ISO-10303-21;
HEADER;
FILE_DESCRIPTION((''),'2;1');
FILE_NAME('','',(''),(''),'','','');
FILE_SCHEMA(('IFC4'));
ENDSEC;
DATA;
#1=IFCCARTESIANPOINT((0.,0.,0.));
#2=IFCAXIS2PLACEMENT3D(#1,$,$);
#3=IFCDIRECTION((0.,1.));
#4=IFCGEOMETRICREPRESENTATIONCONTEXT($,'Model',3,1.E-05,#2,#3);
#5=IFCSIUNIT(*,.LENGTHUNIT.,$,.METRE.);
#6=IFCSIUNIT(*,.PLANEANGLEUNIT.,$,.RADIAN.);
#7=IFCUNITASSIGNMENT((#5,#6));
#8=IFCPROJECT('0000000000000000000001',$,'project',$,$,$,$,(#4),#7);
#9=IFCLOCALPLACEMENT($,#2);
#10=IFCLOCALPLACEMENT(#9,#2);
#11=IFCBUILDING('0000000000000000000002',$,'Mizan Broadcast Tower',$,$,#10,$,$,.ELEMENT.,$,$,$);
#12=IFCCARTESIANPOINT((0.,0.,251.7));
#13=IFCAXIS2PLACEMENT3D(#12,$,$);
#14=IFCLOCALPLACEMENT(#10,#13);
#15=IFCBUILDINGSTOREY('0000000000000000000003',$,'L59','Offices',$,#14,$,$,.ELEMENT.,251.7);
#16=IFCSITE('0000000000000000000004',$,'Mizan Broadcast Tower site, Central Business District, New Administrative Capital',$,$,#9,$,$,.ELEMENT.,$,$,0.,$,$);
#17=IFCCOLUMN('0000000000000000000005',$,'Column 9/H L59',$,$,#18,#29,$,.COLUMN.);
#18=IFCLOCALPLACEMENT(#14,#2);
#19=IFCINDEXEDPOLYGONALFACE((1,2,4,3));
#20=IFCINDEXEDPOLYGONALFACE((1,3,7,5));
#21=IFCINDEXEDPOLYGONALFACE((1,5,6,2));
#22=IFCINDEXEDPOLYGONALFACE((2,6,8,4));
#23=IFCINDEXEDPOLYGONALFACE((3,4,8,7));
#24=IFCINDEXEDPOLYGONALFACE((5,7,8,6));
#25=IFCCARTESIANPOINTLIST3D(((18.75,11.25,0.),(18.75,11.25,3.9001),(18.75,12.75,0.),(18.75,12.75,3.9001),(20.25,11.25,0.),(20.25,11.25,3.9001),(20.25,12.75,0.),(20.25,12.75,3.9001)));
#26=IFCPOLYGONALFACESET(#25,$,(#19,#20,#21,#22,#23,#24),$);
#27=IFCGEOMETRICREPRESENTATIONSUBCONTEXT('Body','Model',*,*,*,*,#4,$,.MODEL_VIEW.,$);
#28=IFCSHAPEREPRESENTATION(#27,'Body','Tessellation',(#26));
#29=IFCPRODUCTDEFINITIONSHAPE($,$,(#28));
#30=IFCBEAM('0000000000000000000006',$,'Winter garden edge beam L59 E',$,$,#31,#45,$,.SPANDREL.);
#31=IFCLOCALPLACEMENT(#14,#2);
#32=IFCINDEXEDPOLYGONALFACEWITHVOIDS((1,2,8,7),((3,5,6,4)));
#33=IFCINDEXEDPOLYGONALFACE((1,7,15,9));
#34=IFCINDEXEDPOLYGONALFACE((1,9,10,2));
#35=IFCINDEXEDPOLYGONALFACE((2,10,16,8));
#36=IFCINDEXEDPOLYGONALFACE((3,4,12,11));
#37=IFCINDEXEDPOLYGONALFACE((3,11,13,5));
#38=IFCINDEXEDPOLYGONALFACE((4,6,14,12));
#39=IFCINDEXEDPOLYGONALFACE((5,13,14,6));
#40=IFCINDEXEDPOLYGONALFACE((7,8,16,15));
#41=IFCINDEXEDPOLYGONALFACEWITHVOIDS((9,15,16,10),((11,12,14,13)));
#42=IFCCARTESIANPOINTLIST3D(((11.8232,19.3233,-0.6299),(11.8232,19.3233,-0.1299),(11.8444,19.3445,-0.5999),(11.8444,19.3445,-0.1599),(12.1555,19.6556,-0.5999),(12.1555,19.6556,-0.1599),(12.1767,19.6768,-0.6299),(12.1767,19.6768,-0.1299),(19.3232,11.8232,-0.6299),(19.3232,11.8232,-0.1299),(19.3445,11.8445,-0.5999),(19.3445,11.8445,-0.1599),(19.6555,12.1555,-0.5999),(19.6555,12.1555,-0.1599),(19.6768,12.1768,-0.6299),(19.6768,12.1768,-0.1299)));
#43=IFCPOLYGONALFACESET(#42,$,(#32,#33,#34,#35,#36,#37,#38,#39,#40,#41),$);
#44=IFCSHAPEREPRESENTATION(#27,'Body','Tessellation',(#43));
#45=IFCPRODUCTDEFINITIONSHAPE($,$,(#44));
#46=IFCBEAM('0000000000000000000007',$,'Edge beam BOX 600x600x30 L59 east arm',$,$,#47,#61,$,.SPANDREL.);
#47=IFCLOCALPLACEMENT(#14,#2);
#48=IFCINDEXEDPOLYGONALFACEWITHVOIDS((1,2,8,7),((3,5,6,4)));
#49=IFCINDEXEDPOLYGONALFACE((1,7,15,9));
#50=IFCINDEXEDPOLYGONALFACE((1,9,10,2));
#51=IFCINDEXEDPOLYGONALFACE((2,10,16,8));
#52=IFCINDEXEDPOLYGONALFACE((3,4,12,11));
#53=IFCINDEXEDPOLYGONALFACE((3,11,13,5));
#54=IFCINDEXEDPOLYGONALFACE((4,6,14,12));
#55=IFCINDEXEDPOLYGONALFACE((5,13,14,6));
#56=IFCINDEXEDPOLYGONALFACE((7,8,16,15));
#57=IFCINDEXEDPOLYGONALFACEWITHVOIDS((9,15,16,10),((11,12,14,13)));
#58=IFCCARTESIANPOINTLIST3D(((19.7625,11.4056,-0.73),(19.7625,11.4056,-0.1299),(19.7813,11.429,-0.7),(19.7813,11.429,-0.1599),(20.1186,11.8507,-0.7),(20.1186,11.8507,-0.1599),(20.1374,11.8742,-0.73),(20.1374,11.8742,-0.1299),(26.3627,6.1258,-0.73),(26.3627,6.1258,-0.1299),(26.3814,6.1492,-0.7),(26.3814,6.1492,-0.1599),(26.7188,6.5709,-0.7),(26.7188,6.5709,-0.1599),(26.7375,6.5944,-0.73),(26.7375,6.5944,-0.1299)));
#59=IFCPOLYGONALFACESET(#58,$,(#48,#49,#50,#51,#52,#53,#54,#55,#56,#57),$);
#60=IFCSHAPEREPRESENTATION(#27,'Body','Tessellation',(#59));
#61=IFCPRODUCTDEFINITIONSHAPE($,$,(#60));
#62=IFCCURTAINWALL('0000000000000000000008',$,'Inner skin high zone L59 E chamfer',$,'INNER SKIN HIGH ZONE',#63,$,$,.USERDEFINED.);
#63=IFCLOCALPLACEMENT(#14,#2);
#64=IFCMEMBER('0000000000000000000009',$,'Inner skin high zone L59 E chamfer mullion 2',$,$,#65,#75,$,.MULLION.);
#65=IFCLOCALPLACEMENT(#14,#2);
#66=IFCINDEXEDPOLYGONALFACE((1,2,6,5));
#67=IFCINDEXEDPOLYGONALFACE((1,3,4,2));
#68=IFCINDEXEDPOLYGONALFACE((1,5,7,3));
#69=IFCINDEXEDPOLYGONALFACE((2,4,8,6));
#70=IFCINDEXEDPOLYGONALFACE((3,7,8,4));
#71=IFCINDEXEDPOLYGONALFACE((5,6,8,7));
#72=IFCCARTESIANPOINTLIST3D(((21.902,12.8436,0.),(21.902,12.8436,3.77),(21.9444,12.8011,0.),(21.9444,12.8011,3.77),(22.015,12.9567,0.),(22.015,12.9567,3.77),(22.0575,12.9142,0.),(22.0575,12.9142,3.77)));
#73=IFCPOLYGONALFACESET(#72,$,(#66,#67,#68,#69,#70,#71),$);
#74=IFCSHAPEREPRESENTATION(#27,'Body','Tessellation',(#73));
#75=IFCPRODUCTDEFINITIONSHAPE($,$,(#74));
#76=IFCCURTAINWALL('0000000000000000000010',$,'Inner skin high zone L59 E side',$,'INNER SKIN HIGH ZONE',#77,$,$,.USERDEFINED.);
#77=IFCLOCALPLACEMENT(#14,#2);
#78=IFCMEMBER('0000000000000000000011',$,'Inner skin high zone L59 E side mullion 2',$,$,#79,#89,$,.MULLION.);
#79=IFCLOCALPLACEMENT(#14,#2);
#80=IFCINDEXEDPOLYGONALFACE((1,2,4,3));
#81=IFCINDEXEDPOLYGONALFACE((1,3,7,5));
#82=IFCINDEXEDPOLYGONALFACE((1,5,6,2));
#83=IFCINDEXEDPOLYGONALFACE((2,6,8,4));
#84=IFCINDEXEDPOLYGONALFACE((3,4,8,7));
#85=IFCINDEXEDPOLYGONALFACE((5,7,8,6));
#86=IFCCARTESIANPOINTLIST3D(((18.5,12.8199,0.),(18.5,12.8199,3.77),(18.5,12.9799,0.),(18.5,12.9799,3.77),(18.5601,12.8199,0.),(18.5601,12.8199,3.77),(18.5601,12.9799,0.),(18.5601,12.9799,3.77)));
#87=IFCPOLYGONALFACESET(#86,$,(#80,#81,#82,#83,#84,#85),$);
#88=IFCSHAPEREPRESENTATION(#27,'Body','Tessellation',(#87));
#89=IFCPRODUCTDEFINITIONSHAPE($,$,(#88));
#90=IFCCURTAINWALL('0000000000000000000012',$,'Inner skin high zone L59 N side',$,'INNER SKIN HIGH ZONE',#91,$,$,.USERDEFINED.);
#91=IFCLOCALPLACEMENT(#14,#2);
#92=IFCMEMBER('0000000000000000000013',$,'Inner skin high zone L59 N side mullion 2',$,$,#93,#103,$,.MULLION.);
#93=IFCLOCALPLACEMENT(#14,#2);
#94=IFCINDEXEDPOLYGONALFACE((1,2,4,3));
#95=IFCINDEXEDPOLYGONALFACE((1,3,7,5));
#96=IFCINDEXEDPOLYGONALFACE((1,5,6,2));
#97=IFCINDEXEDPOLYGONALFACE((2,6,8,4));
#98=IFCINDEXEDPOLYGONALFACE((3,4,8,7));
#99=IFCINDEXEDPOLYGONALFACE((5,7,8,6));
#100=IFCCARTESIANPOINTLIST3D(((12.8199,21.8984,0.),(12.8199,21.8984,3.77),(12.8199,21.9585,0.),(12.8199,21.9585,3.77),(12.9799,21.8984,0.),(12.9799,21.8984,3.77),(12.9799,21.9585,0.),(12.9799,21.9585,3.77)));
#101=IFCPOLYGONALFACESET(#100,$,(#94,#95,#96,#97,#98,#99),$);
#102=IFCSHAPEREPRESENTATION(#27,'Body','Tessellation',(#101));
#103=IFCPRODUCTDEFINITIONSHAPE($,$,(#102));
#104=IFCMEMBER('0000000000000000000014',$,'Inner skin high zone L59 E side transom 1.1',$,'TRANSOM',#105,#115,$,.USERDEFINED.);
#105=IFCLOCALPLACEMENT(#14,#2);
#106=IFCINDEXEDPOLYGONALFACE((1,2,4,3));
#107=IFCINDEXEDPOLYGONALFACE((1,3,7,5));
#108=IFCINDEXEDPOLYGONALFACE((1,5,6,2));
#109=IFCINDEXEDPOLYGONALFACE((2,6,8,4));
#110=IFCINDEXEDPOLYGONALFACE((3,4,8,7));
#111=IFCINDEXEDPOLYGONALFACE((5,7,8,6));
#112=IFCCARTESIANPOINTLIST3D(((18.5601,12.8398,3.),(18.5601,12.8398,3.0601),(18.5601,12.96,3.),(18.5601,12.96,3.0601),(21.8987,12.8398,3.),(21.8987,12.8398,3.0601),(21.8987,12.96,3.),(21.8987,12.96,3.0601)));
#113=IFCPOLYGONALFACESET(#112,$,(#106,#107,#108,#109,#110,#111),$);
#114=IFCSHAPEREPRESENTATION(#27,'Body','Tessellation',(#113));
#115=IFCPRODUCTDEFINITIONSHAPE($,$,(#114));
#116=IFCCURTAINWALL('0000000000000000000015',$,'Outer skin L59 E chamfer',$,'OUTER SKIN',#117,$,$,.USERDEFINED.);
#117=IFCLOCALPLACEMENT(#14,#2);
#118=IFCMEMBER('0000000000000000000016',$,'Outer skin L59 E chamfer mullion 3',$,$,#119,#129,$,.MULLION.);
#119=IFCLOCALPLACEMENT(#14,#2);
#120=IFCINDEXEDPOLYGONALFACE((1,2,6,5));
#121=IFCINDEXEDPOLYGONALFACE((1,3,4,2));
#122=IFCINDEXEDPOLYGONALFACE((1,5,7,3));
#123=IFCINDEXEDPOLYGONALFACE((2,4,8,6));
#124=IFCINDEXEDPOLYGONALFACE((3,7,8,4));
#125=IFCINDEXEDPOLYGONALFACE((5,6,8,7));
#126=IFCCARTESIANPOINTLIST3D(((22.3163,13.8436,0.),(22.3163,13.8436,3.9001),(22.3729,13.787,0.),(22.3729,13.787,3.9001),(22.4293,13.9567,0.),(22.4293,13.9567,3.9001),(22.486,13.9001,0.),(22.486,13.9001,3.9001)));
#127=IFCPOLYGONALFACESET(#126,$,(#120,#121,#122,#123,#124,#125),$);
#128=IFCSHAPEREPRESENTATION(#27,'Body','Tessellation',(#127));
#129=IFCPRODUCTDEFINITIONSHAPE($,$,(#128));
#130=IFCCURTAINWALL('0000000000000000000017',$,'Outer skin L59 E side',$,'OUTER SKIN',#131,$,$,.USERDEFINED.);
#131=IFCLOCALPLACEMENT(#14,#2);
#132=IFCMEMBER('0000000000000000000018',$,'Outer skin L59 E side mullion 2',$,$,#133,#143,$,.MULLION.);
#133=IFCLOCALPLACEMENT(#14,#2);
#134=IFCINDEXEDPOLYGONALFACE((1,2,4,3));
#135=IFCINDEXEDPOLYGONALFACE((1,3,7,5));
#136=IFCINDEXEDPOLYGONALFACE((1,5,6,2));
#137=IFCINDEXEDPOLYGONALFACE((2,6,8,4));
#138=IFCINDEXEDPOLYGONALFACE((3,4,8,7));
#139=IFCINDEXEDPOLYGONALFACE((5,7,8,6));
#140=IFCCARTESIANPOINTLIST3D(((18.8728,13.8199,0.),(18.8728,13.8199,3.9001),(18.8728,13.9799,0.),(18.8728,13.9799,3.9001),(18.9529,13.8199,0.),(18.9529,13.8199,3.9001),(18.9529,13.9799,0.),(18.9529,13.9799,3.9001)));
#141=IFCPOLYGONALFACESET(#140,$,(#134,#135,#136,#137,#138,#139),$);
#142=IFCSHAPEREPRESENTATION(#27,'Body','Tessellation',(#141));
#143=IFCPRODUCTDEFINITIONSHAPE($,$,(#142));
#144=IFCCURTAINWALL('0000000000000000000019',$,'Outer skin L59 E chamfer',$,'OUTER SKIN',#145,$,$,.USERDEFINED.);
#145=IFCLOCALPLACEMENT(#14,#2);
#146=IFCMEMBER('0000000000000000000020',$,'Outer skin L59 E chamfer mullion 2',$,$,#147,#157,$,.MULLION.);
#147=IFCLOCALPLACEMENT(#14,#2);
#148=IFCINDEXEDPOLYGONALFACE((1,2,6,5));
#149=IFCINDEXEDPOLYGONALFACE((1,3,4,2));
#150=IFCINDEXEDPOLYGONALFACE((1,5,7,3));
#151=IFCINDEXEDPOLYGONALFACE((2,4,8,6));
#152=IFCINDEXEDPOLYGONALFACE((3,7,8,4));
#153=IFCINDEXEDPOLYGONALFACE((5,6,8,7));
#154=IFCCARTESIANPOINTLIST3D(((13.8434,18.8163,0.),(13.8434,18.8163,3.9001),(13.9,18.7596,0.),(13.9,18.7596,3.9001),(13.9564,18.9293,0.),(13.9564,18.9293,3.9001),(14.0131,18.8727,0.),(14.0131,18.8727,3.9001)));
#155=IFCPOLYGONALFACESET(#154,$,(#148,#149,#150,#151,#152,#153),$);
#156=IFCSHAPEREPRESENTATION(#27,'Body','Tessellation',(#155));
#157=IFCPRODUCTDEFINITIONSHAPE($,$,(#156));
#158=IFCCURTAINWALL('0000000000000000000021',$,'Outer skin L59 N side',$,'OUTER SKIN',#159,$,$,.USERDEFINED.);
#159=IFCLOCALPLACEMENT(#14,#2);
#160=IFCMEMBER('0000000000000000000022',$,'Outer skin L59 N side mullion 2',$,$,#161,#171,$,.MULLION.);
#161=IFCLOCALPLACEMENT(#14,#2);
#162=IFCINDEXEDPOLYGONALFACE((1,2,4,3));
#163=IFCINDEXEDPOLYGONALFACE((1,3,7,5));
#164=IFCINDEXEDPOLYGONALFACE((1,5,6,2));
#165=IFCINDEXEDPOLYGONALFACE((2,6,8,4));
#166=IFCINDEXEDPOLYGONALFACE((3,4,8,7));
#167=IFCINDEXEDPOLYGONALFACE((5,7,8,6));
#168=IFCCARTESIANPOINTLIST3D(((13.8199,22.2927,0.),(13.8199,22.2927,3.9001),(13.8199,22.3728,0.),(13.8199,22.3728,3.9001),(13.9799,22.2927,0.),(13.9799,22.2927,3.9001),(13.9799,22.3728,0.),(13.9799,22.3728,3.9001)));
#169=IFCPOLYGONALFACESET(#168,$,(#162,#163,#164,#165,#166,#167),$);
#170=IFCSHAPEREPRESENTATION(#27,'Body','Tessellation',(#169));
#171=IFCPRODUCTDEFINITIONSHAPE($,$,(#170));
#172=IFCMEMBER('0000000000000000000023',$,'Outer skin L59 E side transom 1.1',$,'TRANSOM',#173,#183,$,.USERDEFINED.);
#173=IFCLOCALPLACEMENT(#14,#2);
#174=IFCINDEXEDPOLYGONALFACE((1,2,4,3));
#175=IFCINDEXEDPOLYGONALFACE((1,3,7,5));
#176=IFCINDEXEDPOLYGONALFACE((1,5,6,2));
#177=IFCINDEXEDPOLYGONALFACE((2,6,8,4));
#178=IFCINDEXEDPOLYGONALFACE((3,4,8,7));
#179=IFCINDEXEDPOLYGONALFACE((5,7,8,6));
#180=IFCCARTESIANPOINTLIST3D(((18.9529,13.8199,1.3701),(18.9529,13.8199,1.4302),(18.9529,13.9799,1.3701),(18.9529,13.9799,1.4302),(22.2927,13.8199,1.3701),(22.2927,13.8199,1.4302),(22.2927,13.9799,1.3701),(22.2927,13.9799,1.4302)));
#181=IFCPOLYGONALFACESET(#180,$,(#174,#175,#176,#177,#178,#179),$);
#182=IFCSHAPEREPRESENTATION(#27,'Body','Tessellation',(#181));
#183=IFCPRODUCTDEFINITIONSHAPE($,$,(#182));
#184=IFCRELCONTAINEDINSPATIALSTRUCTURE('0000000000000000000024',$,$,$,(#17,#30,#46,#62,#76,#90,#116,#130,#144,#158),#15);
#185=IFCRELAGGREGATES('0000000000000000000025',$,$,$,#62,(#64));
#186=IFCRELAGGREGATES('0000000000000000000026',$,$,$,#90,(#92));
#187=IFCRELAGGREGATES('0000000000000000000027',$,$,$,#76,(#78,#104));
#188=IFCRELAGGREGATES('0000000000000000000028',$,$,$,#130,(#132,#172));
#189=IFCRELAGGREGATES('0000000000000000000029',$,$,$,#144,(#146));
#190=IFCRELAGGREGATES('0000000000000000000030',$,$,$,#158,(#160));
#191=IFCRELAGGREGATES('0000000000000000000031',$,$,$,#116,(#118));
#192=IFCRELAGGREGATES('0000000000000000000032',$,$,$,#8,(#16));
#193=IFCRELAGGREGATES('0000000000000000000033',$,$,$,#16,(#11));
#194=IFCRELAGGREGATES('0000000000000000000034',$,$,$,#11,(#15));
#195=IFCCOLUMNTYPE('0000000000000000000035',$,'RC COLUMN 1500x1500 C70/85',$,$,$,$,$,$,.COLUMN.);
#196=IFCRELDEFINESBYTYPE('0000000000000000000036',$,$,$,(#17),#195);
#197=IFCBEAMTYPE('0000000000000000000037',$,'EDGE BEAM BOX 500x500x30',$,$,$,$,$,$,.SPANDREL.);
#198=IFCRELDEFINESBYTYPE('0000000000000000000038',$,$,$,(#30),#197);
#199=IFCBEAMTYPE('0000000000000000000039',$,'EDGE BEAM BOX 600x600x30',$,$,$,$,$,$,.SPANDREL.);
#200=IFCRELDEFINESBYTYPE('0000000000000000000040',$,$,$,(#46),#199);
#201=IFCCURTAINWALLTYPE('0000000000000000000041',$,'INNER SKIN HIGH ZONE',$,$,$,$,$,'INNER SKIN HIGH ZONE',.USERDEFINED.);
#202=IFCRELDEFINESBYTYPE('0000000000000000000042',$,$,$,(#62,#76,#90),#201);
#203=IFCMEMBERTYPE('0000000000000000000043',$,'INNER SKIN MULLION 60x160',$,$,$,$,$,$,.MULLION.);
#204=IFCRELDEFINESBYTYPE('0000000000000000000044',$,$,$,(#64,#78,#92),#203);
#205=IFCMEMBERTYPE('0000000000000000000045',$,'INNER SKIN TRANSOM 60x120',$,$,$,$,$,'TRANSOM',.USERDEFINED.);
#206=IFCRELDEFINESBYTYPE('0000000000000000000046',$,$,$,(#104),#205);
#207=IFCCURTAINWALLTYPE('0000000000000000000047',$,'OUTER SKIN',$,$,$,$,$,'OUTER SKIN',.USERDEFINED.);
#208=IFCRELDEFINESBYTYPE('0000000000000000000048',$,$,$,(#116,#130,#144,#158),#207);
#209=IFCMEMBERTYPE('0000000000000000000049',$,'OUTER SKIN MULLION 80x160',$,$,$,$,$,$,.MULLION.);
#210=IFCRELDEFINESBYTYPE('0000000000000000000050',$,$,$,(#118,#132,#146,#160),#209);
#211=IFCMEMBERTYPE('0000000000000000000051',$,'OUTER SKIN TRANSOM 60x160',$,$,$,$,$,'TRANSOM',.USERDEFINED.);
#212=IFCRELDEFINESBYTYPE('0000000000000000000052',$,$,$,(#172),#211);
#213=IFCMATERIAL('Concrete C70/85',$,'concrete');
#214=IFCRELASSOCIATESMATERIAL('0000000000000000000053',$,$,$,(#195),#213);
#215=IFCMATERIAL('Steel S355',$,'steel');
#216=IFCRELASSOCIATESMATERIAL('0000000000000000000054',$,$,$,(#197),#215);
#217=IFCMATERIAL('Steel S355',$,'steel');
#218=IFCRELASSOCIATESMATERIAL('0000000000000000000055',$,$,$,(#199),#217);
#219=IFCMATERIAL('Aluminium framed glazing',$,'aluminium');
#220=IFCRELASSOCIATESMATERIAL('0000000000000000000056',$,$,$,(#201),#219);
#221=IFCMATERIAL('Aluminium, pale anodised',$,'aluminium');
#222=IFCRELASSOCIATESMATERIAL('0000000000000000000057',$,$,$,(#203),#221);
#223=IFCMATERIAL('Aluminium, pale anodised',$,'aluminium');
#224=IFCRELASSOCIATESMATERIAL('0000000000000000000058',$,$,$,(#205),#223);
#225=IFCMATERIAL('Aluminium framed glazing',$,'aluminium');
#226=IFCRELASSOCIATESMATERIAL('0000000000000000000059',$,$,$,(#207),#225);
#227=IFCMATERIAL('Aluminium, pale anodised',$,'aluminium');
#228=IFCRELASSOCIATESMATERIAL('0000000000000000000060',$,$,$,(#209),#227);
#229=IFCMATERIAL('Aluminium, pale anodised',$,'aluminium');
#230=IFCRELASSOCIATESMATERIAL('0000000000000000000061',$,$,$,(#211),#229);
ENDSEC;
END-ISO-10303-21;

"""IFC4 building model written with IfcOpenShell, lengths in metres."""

from ifc_helpers import new_model, si_unit, direction, frame, origin, origin_2d, place, context, subcontext, project, spatial, rectangle, hollow_rectangle, extrude, material, material_profile, profile_set, type_object, element, aggregate, save


model = new_model("IFC4")

# Units and contexts
model_context = context("Model", 3, precision=1e-05, world=origin(), true_north=direction((0.0, 1.0)))
body_context = subcontext(model_context, "Body", "Model", "MODEL_VIEW")
ifc_project = project(units=[si_unit("LENGTHUNIT", "METRE"), si_unit("PLANEANGLEUNIT", "RADIAN")], contexts=[model_context])

# Site, building, storey
site_placement = place(None, origin())
site = spatial("IfcSite", under=ifc_project, at=site_placement, Name="Mizan Broadcast Tower site, Central Business District, New Administrative Capital", CompositionType="ELEMENT", RefElevation=0.0)
building_placement = place(site_placement, origin())
building = spatial("IfcBuilding", under=site, at=building_placement, Name="Mizan Broadcast Tower", CompositionType="ELEMENT")
storey_placement = place(building_placement, frame((0.0, 0.0, 251.7)))
storey = spatial("IfcBuildingStorey", under=building, at=storey_placement, Name="L59", Description="Offices", CompositionType="ELEMENT", Elevation=251.7)

# Column
ifc_material_1 = material(Name="Concrete C70/85", Category="concrete")
ifc_material_profile_1 = material_profile(ifc_material_1, rectangle(XDim=1.5, YDim=1.5, at=origin_2d()), Name="RC 1500x1500")
ifc_profile_set_1 = profile_set([ifc_material_profile_1], Name="Concrete C70/85")
column_type = type_object("IfcColumnType", Name="RC COLUMN 1500x1500 C70/85", PredefinedType="COLUMN", material=ifc_profile_set_1)
column_placement = place(storey_placement, frame((19.5, 12.0, 0.0), z_axis=(0.0, 0.0, 1.0), x_axis=(1.0, 0.0, 0.0)))
element("IfcColumn", 1, at=column_placement, inside=storey, type_object=column_type, Name="Column 9/H L59", PredefinedType="COLUMN", context=body_context, shape_type="SweptSolid", body=[
    extrude(rectangle(XDim=1.5, YDim=1.5, at=origin_2d()), origin(), (0.0, 0.0, 1.0), 3.9001),
])

# Beams
ifc_material_2 = material(Name="Steel S355", Category="steel")
ifc_material_profile_2 = material_profile(ifc_material_2, hollow_rectangle(XDim=0.5, YDim=0.5, WallThickness=0.03, at=origin_2d()), Name="BOX 500x500x30")
ifc_profile_set_2 = profile_set([ifc_material_profile_2], Name="Steel S355")
beam_type_1 = type_object("IfcBeamType", Name="EDGE BEAM BOX 500x500x30", PredefinedType="SPANDREL", material=ifc_profile_set_2)
beam_1_placement = place(storey_placement, frame((19.5, 12.0, -0.3799), z_axis=(-0.707107, 0.707107, 0.0), x_axis=(-0.707107, -0.707107, 0.0)))
element("IfcBeam", 2, at=beam_1_placement, inside=storey, type_object=beam_type_1, Name="Winter garden edge beam L59 E", PredefinedType="SPANDREL", context=body_context, shape_type="SweptSolid", body=[
    extrude(hollow_rectangle(XDim=0.5, YDim=0.5, WallThickness=0.03, at=origin_2d()), origin(), (0.0, 0.0, 1.0), 10.6067),
])
ifc_material_3 = material(Name="Steel S355", Category="steel")
ifc_material_profile_3 = material_profile(ifc_material_3, hollow_rectangle(XDim=0.6001, YDim=0.6001, WallThickness=0.03, at=origin_2d()), Name="BOX 600x600x30")
ifc_profile_set_3 = profile_set([ifc_material_profile_3], Name="Steel S355")
beam_type_2 = type_object("IfcBeamType", Name="EDGE BEAM BOX 600x600x30", PredefinedType="SPANDREL", material=ifc_profile_set_3)
beam_2_placement = place(storey_placement, frame((19.95, 11.6399, -0.4299), z_axis=(0.780886, -0.624674, 0.0), x_axis=(0.624674, 0.780886, 0.0)))
element("IfcBeam", 3, at=beam_2_placement, inside=storey, type_object=beam_type_2, Name="Edge beam BOX 600x600x30 L59 east arm", PredefinedType="SPANDREL", context=body_context, shape_type="SweptSolid", body=[
    extrude(hollow_rectangle(XDim=0.6001, YDim=0.6001, WallThickness=0.03, at=origin_2d()), origin(), (0.0, 0.0, 1.0), 8.4521),
])

# Curtain walls, members
ifc_material_4 = material(Name="Aluminium framed glazing", Category="aluminium")
curtain_wall_type_1 = type_object("IfcCurtainWallType", Name="INNER SKIN HIGH ZONE", ElementType="INNER SKIN HIGH ZONE", PredefinedType="USERDEFINED", material=ifc_material_4)
curtain_wall_1_placement = place(storey_placement, origin())
curtain_wall_1 = element("IfcCurtainWall", 4, at=curtain_wall_1_placement, inside=storey, type_object=curtain_wall_type_1, Name="Inner skin high zone L59 E chamfer", ObjectType="INNER SKIN HIGH ZONE", PredefinedType="USERDEFINED")
ifc_material_5 = material(Name="Aluminium, pale anodised", Category="aluminium")
ifc_material_profile_4 = material_profile(ifc_material_5, rectangle(XDim=0.1599, YDim=0.0601, at=origin_2d()), Name="MULLION 160x60")
ifc_profile_set_4 = profile_set([ifc_material_profile_4], Name="Aluminium, pale anodised")
member_type_1 = type_object("IfcMemberType", Name="INNER SKIN MULLION 60x160", PredefinedType="MULLION", material=ifc_profile_set_4)
member_1_placement = place(storey_placement, frame((21.9797, 12.8789, 0.0), z_axis=(0.0, 0.0, 1.0), x_axis=(-0.707107, -0.707107, 0.0)))
member_1 = element("IfcMember", 5, at=member_1_placement, type_object=member_type_1, Name="Inner skin high zone L59 E chamfer mullion 2", PredefinedType="MULLION", context=body_context, shape_type="SweptSolid", body=[
    extrude(rectangle(XDim=0.1599, YDim=0.0601, at=origin_2d()), origin(), (0.0, 0.0, 1.0), 3.77),
])
aggregate(curtain_wall_1, [member_1])
curtain_wall_2_placement = place(storey_placement, origin())
curtain_wall_2 = element("IfcCurtainWall", 6, at=curtain_wall_2_placement, inside=storey, type_object=curtain_wall_type_1, Name="Inner skin high zone L59 E side", ObjectType="INNER SKIN HIGH ZONE", PredefinedType="USERDEFINED")
member_2_placement = place(storey_placement, frame((18.53, 12.8999, 0.0), z_axis=(0.0, 0.0, 1.0), x_axis=(0.0, -1.0, 0.0)))
member_2 = element("IfcMember", 7, at=member_2_placement, type_object=member_type_1, Name="Inner skin high zone L59 E side mullion 2", PredefinedType="MULLION", context=body_context, shape_type="SweptSolid", body=[
    extrude(rectangle(XDim=0.1599, YDim=0.0601, at=origin_2d()), origin(), (0.0, 0.0, 1.0), 3.77),
])
curtain_wall_3_placement = place(storey_placement, origin())
curtain_wall_3 = element("IfcCurtainWall", 8, at=curtain_wall_3_placement, inside=storey, type_object=curtain_wall_type_1, Name="Inner skin high zone L59 N side", ObjectType="INNER SKIN HIGH ZONE", PredefinedType="USERDEFINED")
member_3_placement = place(storey_placement, frame((12.8999, 21.9285, 0.0), z_axis=(0.0, 0.0, 1.0), x_axis=(-1.0, 0.0, 0.0)))
member_3 = element("IfcMember", 9, at=member_3_placement, type_object=member_type_1, Name="Inner skin high zone L59 N side mullion 2", PredefinedType="MULLION", context=body_context, shape_type="SweptSolid", body=[
    extrude(rectangle(XDim=0.1599, YDim=0.0601, at=origin_2d()), origin(), (0.0, 0.0, 1.0), 3.77),
])
aggregate(curtain_wall_3, [member_3])

# Member
ifc_material_6 = material(Name="Aluminium, pale anodised", Category="aluminium")
ifc_material_profile_5 = material_profile(ifc_material_6, rectangle(XDim=0.1201, YDim=0.0601, at=origin_2d()), Name="TRANSOM 120x60")
ifc_profile_set_5 = profile_set([ifc_material_profile_5], Name="Aluminium, pale anodised")
member_type_2 = type_object("IfcMemberType", Name="INNER SKIN TRANSOM 60x120", ElementType="TRANSOM", PredefinedType="USERDEFINED", material=ifc_profile_set_5)
member_4_placement = place(storey_placement, frame((21.8987, 12.8999, 3.03), z_axis=(-1.0, 0.0, 0.0), x_axis=(0.0, -1.0, 0.0)))
member_4 = element("IfcMember", 10, at=member_4_placement, type_object=member_type_2, Name="Inner skin high zone L59 E side transom 1.1", ObjectType="TRANSOM", PredefinedType="USERDEFINED", context=body_context, shape_type="SweptSolid", body=[
    extrude(rectangle(XDim=0.1201, YDim=0.0601, at=origin_2d()), origin(), (0.0, 0.0, 1.0), 3.3386),
])

# Curtain walls, members
ifc_material_7 = material(Name="Aluminium framed glazing", Category="aluminium")
curtain_wall_type_2 = type_object("IfcCurtainWallType", Name="OUTER SKIN", ElementType="OUTER SKIN", PredefinedType="USERDEFINED", material=ifc_material_7)
curtain_wall_4_placement = place(storey_placement, origin())
curtain_wall_4 = element("IfcCurtainWall", 11, at=curtain_wall_4_placement, inside=storey, type_object=curtain_wall_type_2, Name="Outer skin L59 E chamfer", ObjectType="OUTER SKIN", PredefinedType="USERDEFINED")
ifc_material_8 = material(Name="Aluminium, pale anodised", Category="aluminium")
ifc_material_profile_6 = material_profile(ifc_material_8, rectangle(XDim=0.1599, YDim=0.0801, at=origin_2d()), Name="MULLION 160x80")
ifc_profile_set_6 = profile_set([ifc_material_profile_6], Name="Aluminium, pale anodised")
member_type_3 = type_object("IfcMemberType", Name="OUTER SKIN MULLION 80x160", PredefinedType="MULLION", material=ifc_profile_set_6)
member_5_placement = place(storey_placement, frame((22.4011, 13.8718, 0.0), z_axis=(0.0, 0.0, 1.0), x_axis=(-0.707107, -0.707107, 0.0)))
member_5 = element("IfcMember", 12, at=member_5_placement, type_object=member_type_3, Name="Outer skin L59 E chamfer mullion 3", PredefinedType="MULLION", context=body_context, shape_type="SweptSolid", body=[
    extrude(rectangle(XDim=0.1599, YDim=0.0801, at=origin_2d()), origin(), (0.0, 0.0, 1.0), 3.9001),
])
curtain_wall_5_placement = place(storey_placement, origin())
curtain_wall_5 = element("IfcCurtainWall", 13, at=curtain_wall_5_placement, inside=storey, type_object=curtain_wall_type_2, Name="Outer skin L59 E side", ObjectType="OUTER SKIN", PredefinedType="USERDEFINED")
member_6_placement = place(storey_placement, frame((18.9128, 13.8999, 0.0), z_axis=(0.0, 0.0, 1.0), x_axis=(0.0, -1.0, 0.0)))
member_6 = element("IfcMember", 14, at=member_6_placement, type_object=member_type_3, Name="Outer skin L59 E side mullion 2", PredefinedType="MULLION", context=body_context, shape_type="SweptSolid", body=[
    extrude(rectangle(XDim=0.1599, YDim=0.0801, at=origin_2d()), origin(), (0.0, 0.0, 1.0), 3.9001),
])
curtain_wall_6_placement = place(storey_placement, origin())
curtain_wall_6 = element("IfcCurtainWall", 15, at=curtain_wall_6_placement, inside=storey, type_object=curtain_wall_type_2, Name="Outer skin L59 E chamfer", ObjectType="OUTER SKIN", PredefinedType="USERDEFINED")
member_7_placement = place(storey_placement, frame((13.9282, 18.8445, 0.0), z_axis=(0.0, 0.0, 1.0), x_axis=(-0.707107, -0.707107, 0.0)))
member_7 = element("IfcMember", 16, at=member_7_placement, type_object=member_type_3, Name="Outer skin L59 E chamfer mullion 2", PredefinedType="MULLION", context=body_context, shape_type="SweptSolid", body=[
    extrude(rectangle(XDim=0.1599, YDim=0.0801, at=origin_2d()), origin(), (0.0, 0.0, 1.0), 3.9001),
])
curtain_wall_7_placement = place(storey_placement, origin())
curtain_wall_7 = element("IfcCurtainWall", 17, at=curtain_wall_7_placement, inside=storey, type_object=curtain_wall_type_2, Name="Outer skin L59 N side", ObjectType="OUTER SKIN", PredefinedType="USERDEFINED")
member_8_placement = place(storey_placement, frame((13.8999, 22.3328, 0.0), z_axis=(0.0, 0.0, 1.0), x_axis=(-1.0, 0.0, 0.0)))
member_8 = element("IfcMember", 18, at=member_8_placement, type_object=member_type_3, Name="Outer skin L59 N side mullion 2", PredefinedType="MULLION", context=body_context, shape_type="SweptSolid", body=[
    extrude(rectangle(XDim=0.1599, YDim=0.0801, at=origin_2d()), origin(), (0.0, 0.0, 1.0), 3.9001),
])

# Member
ifc_material_9 = material(Name="Aluminium, pale anodised", Category="aluminium")
ifc_material_profile_7 = material_profile(ifc_material_9, rectangle(XDim=0.1599, YDim=0.0601, at=origin_2d()), Name="TRANSOM 160x60")
ifc_profile_set_7 = profile_set([ifc_material_profile_7], Name="Aluminium, pale anodised")
member_type_4 = type_object("IfcMemberType", Name="OUTER SKIN TRANSOM 60x160", ElementType="TRANSOM", PredefinedType="USERDEFINED", material=ifc_profile_set_7)
member_9_placement = place(storey_placement, frame((22.2927, 13.8999, 1.4001), z_axis=(-1.0, 0.0, 0.0), x_axis=(0.0, -1.0, 0.0)))
member_9 = element("IfcMember", 19, at=member_9_placement, type_object=member_type_4, Name="Outer skin L59 E side transom 1.1", ObjectType="TRANSOM", PredefinedType="USERDEFINED", context=body_context, shape_type="SweptSolid", body=[
    extrude(rectangle(XDim=0.1599, YDim=0.0601, at=origin_2d()), origin(), (0.0, 0.0, 1.0), 3.3398),
])

aggregate(curtain_wall_2, [member_2, member_4])
aggregate(curtain_wall_5, [member_6, member_9])
aggregate(curtain_wall_6, [member_7])
aggregate(curtain_wall_7, [member_8])
aggregate(curtain_wall_4, [member_5])

save(model, "model.ifc")
